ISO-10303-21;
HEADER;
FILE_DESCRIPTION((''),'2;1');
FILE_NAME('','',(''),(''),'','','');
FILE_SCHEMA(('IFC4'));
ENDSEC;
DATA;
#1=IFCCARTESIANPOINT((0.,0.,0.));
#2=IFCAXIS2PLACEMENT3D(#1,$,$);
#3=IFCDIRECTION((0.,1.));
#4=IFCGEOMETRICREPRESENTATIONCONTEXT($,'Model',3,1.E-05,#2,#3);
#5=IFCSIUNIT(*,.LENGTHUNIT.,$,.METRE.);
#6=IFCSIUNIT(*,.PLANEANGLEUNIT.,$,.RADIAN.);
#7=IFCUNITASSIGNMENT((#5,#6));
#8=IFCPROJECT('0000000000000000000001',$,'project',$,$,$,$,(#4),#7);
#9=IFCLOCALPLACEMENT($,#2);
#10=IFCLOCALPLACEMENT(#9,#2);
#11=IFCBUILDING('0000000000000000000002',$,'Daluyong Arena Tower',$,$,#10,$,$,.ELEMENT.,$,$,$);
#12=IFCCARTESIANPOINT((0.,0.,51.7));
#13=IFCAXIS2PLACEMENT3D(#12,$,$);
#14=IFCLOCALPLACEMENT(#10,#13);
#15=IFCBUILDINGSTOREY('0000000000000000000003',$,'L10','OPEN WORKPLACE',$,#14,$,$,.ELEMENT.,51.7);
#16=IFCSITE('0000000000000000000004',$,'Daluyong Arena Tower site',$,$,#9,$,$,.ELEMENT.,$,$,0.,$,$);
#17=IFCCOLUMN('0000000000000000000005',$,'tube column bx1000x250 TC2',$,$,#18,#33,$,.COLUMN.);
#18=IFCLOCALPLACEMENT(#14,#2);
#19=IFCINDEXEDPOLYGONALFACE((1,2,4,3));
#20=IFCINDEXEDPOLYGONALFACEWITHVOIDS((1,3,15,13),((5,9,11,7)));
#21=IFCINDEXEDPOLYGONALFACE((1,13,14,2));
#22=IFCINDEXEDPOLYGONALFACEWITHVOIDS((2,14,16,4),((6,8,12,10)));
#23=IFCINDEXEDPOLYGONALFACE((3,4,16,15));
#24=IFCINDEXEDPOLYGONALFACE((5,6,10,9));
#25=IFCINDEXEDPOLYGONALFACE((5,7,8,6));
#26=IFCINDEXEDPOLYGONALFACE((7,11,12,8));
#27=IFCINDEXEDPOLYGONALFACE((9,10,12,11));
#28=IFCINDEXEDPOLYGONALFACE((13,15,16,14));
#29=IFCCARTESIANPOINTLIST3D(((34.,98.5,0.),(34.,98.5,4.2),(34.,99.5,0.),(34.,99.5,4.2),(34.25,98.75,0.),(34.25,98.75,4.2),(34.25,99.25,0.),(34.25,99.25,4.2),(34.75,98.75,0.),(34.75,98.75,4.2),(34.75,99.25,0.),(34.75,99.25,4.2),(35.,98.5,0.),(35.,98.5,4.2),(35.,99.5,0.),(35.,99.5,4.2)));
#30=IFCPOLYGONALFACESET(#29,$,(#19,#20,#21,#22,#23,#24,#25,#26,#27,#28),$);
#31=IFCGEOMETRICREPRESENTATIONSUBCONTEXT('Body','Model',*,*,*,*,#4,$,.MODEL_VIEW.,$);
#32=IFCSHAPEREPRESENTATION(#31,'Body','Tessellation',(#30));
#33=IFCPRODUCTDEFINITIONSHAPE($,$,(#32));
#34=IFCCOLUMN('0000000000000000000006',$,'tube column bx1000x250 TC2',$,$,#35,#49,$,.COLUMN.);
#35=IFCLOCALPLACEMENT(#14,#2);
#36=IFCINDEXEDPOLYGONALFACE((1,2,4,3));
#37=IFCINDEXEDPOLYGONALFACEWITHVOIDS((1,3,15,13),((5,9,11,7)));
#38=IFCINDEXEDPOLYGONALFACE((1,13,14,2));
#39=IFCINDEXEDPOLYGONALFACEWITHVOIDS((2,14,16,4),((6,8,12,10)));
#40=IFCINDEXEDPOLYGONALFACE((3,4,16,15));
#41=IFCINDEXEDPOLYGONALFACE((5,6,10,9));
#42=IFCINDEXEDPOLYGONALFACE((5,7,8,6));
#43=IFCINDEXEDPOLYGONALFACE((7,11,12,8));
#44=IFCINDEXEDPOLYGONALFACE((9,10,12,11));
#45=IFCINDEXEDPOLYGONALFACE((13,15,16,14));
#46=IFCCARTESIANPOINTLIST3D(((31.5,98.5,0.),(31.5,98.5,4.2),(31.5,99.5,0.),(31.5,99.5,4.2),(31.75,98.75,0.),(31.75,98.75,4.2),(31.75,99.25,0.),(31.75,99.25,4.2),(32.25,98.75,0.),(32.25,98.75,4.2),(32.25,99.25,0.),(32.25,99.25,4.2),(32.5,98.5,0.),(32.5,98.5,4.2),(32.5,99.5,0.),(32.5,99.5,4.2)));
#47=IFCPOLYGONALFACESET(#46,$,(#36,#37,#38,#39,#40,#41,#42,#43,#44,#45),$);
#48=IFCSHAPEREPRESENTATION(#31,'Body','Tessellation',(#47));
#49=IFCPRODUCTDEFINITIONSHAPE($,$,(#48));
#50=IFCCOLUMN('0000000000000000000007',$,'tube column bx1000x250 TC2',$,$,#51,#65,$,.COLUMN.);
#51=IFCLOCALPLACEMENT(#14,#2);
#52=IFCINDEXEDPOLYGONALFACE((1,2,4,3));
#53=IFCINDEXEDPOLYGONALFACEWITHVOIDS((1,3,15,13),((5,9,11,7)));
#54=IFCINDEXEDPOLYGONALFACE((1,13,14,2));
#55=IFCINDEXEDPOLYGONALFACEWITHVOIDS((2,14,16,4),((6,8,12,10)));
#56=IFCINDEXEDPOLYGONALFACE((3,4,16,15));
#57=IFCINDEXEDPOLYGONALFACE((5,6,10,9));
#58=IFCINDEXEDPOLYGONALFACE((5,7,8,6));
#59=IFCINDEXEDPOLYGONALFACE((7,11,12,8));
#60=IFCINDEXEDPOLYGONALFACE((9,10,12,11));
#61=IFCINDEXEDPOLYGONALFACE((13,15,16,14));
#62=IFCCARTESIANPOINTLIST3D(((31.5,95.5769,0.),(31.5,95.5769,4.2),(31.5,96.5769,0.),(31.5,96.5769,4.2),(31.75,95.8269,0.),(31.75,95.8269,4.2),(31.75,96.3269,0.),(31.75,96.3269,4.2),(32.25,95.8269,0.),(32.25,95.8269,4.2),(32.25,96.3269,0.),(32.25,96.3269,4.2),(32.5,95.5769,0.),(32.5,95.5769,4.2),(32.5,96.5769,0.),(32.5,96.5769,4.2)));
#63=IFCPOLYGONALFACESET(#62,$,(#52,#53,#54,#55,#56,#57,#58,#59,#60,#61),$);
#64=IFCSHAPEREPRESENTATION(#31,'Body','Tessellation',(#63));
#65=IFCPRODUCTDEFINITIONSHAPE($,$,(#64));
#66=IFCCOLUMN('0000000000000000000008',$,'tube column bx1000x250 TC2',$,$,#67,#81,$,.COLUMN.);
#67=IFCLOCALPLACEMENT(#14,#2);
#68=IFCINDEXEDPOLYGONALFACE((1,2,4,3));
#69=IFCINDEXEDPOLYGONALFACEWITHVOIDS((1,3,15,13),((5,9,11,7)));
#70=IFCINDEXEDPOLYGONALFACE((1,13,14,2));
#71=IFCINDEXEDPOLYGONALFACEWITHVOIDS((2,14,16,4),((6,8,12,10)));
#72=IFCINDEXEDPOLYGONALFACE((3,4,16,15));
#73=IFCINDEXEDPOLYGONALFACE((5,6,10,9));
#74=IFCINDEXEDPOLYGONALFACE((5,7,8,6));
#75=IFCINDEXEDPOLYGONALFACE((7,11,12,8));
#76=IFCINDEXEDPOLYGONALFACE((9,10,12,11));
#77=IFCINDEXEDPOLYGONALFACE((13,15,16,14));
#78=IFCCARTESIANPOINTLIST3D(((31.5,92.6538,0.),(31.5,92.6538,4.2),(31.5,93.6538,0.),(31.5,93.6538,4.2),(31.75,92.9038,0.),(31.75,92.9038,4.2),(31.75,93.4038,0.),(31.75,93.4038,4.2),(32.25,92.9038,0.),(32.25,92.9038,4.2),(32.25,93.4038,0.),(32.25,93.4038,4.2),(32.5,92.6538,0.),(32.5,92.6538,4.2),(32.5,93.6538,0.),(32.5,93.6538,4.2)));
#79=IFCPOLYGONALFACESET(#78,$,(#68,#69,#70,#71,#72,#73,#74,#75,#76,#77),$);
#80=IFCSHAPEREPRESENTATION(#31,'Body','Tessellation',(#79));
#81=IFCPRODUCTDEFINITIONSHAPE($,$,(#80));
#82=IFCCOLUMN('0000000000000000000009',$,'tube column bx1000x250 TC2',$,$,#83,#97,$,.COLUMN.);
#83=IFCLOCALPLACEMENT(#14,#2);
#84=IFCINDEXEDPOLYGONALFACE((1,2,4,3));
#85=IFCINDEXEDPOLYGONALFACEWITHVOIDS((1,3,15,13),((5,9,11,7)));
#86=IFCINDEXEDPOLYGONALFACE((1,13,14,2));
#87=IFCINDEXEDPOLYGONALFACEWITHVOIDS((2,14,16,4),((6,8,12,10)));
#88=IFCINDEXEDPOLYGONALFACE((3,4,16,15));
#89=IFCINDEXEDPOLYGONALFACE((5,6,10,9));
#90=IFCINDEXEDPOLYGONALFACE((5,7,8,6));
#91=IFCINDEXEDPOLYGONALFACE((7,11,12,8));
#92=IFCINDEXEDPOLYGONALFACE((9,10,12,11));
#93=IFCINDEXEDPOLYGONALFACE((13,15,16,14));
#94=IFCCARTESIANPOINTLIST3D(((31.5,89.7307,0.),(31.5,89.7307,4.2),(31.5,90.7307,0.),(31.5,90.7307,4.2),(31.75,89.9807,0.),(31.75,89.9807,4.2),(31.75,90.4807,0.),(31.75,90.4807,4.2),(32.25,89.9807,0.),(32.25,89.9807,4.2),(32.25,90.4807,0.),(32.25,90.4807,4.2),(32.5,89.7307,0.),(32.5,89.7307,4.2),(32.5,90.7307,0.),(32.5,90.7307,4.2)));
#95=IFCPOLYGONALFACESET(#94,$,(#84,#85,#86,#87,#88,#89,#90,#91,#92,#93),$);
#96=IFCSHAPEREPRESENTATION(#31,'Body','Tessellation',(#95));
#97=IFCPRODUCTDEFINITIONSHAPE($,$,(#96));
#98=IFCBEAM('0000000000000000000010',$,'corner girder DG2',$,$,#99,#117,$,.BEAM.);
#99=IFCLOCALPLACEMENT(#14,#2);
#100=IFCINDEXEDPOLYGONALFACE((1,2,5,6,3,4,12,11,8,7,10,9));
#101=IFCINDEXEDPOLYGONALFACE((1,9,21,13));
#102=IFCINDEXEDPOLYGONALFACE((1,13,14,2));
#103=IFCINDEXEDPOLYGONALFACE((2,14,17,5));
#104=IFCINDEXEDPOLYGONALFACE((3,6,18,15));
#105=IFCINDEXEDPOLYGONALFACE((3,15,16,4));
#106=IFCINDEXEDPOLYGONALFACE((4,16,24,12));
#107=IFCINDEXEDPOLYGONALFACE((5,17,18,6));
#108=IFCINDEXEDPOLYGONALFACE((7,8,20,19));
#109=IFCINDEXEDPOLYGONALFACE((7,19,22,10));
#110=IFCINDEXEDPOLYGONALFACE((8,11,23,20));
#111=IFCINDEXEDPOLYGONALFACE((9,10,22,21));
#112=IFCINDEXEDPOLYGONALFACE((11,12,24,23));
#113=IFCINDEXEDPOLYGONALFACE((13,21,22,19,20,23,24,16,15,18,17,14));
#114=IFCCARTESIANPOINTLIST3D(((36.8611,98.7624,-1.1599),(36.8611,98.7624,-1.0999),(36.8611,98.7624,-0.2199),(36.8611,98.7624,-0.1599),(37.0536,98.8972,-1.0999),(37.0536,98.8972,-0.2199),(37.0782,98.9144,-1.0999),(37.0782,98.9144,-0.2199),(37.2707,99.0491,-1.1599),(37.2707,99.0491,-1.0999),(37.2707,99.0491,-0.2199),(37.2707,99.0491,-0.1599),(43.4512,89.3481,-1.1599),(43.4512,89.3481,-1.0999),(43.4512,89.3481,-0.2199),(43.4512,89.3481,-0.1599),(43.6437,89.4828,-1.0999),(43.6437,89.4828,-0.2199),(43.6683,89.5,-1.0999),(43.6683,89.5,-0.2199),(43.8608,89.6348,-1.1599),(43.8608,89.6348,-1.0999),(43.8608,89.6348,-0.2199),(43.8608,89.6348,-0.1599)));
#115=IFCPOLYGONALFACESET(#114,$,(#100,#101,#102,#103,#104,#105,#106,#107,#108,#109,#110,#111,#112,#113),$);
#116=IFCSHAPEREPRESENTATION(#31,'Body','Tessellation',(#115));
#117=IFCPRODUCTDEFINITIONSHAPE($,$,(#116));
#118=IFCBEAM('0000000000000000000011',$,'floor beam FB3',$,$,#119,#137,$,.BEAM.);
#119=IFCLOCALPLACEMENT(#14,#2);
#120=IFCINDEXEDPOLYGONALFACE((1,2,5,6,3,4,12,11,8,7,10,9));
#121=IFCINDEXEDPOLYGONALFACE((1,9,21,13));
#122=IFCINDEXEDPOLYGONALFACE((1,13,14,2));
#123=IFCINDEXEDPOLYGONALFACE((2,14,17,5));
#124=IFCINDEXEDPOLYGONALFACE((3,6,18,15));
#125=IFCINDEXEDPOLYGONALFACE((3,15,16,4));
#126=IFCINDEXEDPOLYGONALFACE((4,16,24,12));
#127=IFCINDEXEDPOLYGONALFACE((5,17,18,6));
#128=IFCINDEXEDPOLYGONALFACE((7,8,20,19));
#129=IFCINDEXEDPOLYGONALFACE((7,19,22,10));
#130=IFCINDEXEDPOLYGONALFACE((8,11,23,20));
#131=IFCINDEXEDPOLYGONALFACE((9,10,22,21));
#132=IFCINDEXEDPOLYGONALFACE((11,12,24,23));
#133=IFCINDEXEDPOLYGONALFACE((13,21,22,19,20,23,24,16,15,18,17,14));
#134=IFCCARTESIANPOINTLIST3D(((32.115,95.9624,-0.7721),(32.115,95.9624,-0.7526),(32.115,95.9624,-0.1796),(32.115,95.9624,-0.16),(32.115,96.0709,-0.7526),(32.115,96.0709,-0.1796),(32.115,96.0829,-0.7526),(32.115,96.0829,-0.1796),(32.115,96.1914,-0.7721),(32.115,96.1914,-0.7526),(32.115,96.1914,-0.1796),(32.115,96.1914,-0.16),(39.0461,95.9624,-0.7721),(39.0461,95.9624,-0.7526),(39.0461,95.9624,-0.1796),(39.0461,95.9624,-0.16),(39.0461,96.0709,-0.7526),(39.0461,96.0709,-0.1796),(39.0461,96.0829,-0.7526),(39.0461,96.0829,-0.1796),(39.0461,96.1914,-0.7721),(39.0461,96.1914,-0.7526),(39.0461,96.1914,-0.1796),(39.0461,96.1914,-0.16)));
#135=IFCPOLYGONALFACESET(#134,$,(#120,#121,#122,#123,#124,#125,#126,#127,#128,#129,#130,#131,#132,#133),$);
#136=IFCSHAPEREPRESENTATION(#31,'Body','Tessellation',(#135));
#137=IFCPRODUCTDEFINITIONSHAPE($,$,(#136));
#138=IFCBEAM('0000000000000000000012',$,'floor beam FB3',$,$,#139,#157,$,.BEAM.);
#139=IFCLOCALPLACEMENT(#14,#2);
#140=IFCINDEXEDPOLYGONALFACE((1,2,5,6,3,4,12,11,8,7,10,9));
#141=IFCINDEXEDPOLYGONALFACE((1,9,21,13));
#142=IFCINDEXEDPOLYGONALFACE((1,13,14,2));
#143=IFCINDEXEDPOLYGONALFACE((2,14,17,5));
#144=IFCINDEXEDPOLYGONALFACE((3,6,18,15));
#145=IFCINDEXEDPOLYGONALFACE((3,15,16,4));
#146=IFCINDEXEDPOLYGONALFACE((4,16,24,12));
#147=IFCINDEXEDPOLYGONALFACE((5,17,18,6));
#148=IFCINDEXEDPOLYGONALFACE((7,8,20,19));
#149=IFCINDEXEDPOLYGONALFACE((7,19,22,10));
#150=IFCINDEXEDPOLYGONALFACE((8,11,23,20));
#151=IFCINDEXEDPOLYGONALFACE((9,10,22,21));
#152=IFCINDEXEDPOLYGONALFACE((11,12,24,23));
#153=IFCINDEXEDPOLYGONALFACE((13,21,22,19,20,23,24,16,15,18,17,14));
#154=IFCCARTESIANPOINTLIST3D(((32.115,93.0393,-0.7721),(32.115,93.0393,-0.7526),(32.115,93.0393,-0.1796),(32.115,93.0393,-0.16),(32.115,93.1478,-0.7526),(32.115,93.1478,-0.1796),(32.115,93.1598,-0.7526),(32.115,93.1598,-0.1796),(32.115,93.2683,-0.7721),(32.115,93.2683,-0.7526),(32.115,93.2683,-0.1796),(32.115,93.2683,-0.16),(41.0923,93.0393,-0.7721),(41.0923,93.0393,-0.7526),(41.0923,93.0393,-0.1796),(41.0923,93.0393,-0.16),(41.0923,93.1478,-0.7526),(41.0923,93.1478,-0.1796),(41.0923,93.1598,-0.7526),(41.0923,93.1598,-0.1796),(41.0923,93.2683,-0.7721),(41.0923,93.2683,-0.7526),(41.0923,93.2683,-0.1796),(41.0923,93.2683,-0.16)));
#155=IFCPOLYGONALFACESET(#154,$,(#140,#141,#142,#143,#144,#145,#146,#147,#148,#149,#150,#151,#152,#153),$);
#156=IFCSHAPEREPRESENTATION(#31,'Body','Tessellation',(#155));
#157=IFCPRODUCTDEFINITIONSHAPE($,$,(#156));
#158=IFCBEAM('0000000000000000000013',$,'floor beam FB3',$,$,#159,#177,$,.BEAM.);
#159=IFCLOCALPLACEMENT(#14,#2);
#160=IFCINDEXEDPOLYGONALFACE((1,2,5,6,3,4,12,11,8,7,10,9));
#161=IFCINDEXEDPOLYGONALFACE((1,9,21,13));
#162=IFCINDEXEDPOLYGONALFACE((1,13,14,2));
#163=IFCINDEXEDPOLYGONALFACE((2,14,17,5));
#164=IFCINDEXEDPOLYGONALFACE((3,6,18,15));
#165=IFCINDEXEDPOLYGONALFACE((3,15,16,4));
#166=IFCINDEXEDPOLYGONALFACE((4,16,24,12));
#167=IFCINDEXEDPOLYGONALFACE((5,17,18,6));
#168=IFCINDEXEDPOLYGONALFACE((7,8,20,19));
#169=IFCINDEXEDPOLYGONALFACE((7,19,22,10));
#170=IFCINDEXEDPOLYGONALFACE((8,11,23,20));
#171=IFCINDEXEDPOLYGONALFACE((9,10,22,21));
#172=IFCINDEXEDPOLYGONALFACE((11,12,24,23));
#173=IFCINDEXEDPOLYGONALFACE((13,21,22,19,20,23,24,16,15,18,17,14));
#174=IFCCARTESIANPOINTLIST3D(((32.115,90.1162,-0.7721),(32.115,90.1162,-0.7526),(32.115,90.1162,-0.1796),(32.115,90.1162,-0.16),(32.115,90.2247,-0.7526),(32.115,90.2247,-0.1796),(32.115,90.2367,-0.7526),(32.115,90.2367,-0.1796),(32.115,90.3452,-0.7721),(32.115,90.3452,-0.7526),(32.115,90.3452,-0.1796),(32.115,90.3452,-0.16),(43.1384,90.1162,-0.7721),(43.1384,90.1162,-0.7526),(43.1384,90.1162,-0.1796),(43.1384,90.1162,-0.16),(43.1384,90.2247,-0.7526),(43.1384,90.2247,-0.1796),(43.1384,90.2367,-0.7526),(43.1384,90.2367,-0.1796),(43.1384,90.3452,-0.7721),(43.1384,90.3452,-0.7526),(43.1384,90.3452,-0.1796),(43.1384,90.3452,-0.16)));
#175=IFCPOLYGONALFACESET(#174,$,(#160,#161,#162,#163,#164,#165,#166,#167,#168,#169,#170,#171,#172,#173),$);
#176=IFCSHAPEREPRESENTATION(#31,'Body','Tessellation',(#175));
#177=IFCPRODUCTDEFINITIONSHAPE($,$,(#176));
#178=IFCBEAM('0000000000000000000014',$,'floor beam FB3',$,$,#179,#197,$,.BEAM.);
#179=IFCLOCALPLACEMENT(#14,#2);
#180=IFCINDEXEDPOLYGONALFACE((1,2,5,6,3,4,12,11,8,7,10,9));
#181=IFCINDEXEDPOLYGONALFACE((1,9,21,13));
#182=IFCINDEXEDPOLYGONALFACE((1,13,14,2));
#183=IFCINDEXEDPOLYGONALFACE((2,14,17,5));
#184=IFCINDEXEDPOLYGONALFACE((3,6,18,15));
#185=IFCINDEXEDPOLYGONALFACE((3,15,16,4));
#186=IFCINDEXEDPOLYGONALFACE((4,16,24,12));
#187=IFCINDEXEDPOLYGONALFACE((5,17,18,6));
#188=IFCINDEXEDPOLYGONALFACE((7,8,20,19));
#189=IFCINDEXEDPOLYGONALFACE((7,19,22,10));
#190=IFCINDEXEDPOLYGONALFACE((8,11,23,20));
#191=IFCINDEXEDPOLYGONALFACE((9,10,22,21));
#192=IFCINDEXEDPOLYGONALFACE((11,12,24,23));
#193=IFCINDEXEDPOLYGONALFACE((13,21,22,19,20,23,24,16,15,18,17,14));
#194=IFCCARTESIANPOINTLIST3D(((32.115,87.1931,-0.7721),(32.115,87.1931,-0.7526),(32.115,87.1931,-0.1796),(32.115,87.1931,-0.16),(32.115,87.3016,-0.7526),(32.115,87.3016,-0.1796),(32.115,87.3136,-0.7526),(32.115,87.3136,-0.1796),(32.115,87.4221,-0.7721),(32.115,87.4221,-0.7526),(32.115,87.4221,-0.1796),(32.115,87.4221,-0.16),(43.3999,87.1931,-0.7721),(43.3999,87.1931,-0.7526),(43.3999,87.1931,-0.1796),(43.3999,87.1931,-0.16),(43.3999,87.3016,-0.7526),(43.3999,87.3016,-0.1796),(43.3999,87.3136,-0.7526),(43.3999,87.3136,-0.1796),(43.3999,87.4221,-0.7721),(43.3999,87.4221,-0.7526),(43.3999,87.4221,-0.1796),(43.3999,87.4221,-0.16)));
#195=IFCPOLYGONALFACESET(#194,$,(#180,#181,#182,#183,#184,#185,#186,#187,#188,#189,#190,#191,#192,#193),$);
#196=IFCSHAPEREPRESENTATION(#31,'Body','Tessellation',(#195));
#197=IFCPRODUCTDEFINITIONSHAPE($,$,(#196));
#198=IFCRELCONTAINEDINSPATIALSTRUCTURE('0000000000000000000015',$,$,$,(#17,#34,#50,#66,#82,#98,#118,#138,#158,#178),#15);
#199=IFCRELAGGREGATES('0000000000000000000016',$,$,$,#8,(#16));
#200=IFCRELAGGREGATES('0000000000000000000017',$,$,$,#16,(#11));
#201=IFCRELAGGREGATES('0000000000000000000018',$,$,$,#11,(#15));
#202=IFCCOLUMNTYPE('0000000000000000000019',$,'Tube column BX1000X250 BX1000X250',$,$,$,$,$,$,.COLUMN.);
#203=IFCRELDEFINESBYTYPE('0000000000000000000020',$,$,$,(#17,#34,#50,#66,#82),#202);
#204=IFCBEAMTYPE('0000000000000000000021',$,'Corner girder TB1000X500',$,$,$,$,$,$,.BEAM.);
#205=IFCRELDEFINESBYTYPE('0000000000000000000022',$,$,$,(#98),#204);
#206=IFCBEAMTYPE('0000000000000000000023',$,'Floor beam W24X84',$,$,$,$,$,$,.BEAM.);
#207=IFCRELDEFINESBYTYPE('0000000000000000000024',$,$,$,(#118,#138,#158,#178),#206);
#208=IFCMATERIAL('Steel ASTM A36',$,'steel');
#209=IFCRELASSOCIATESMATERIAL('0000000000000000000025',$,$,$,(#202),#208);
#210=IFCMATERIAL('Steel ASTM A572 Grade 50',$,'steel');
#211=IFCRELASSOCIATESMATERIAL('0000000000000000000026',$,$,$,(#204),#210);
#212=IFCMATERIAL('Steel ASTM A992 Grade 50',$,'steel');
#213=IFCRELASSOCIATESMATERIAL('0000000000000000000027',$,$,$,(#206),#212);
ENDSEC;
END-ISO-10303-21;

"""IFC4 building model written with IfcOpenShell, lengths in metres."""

from ifc_helpers import new_model, si_unit, direction, frame, origin, origin_2d, place, context, subcontext, project, spatial, hollow_rectangle, i_section, extrude, material, material_profile, profile_set, type_object, element, save


model = new_model("IFC4")

# Units and contexts
model_context = context("Model", 3, precision=1e-05, world=origin(), true_north=direction((0.0, 1.0)))
body_context = subcontext(model_context, "Body", "Model", "MODEL_VIEW")
ifc_project = project(units=[si_unit("LENGTHUNIT", "METRE"), si_unit("PLANEANGLEUNIT", "RADIAN")], contexts=[model_context])

# Site, building, storey
site_placement = place(None, origin())
site = spatial("IfcSite", under=ifc_project, at=site_placement, Name="Daluyong Arena Tower site", CompositionType="ELEMENT", RefElevation=0.0)
building_placement = place(site_placement, origin())
building = spatial("IfcBuilding", under=site, at=building_placement, Name="Daluyong Arena Tower", CompositionType="ELEMENT")
storey_placement = place(building_placement, frame((0.0, 0.0, 51.7)))
storey = spatial("IfcBuildingStorey", under=building, at=storey_placement, Name="L10", Description="OPEN WORKPLACE", CompositionType="ELEMENT", Elevation=51.7)

# Columns
ifc_material_1 = material(Name="Steel ASTM A36", Category="steel")
ifc_material_profile_1 = material_profile(ifc_material_1, hollow_rectangle(XDim=1.0, YDim=1.0, WallThickness=0.25, at=origin_2d()))
ifc_profile_set_1 = profile_set([ifc_material_profile_1], Name="Steel ASTM A36")
column_type = type_object("IfcColumnType", Name="Tube column BX1000X250 BX1000X250", PredefinedType="COLUMN", material=ifc_profile_set_1)
for number, where, z_axis, x_axis, name in (
    (1, (34.5, 99.0, 0.0), (0.0, 0.0, 1.0), (1.0, 0.0, 0.0), "tube column bx1000x250 TC2"),
    (2, (32.0, 99.0, 0.0), (0.0, 0.0, 1.0), (0.0, 1.0, 0.0), "tube column bx1000x250 TC2"),
    (3, (32.0, 96.0769, 0.0), (0.0, 0.0, 1.0), (0.0, 1.0, 0.0), "tube column bx1000x250 TC2"),
    (4, (32.0, 93.1538, 0.0), (0.0, 0.0, 1.0), (0.0, 1.0, 0.0), "tube column bx1000x250 TC2"),
    (5, (32.0, 90.2307, 0.0), (0.0, 0.0, 1.0), (0.0, 1.0, 0.0), "tube column bx1000x250 TC2"),
):
    element("IfcColumn", number, at=place(storey_placement, frame(where, z_axis=z_axis, x_axis=x_axis)), inside=storey, type_object=column_type, Name=name, PredefinedType="COLUMN", context=body_context, shape_type="SweptSolid", body=[
        extrude(hollow_rectangle(XDim=1.0, YDim=1.0, WallThickness=0.25, at=origin_2d()), origin(), (0.0, 0.0, 1.0), 4.2),
    ])

# Beams
ifc_material_2 = material(Name="Steel ASTM A572 Grade 50", Category="steel")
ifc_material_profile_2 = material_profile(ifc_material_2, i_section(OverallWidth=0.5, OverallDepth=1.0, WebThickness=0.03, FlangeThickness=0.06, at=origin_2d()))
ifc_profile_set_2 = profile_set([ifc_material_profile_2], Name="Steel ASTM A572 Grade 50")
beam_type_1 = type_object("IfcBeamType", Name="Corner girder TB1000X500", PredefinedType="BEAM", material=ifc_profile_set_2)
beam_1_placement = place(storey_placement, frame((37.0659, 98.9058, -0.6599), z_axis=(0.573467, -0.819229, 0.0), x_axis=(0.819229, 0.573467, 0.0)))
element("IfcBeam", 6, at=beam_1_placement, inside=storey, type_object=beam_type_1, Name="corner girder DG2", PredefinedType="BEAM", context=body_context, shape_type="SweptSolid", body=[
    extrude(i_section(OverallWidth=0.5, OverallDepth=1.0, WebThickness=0.03, FlangeThickness=0.06, at=origin_2d()), origin(), (0.0, 0.0, 1.0), 11.4917),
])
ifc_material_3 = material(Name="Steel ASTM A992 Grade 50", Category="steel")
ifc_material_profile_3 = material_profile(ifc_material_3, i_section(OverallWidth=0.229, OverallDepth=0.6121, WebThickness=0.012, FlangeThickness=0.0195, at=origin_2d()))
ifc_profile_set_3 = profile_set([ifc_material_profile_3], Name="Steel ASTM A992 Grade 50")
beam_type_2 = type_object("IfcBeamType", Name="Floor beam W24X84", PredefinedType="BEAM", material=ifc_profile_set_3)
beam_2_placement = place(storey_placement, frame((32.115, 96.0769, -0.4661), z_axis=(1.0, 0.0, 0.0), x_axis=(0.0, 1.0, 0.0)))
element("IfcBeam", 7, at=beam_2_placement, inside=storey, type_object=beam_type_2, Name="floor beam FB3", PredefinedType="BEAM", context=body_context, shape_type="SweptSolid", body=[
    extrude(i_section(OverallWidth=0.229, OverallDepth=0.6121, WebThickness=0.012, FlangeThickness=0.0195, at=origin_2d()), origin(), (0.0, 0.0, 1.0), 6.9312),
])
beam_3_placement = place(storey_placement, frame((32.115, 93.1538, -0.4661), z_axis=(1.0, 0.0, 0.0), x_axis=(0.0, 1.0, 0.0)))
element("IfcBeam", 8, at=beam_3_placement, inside=storey, type_object=beam_type_2, Name="floor beam FB3", PredefinedType="BEAM", context=body_context, shape_type="SweptSolid", body=[
    extrude(i_section(OverallWidth=0.229, OverallDepth=0.6121, WebThickness=0.012, FlangeThickness=0.0195, at=origin_2d()), origin(), (0.0, 0.0, 1.0), 8.9773),
])
beam_4_placement = place(storey_placement, frame((32.115, 90.2307, -0.4661), z_axis=(1.0, 0.0, 0.0), x_axis=(0.0, 1.0, 0.0)))
element("IfcBeam", 9, at=beam_4_placement, inside=storey, type_object=beam_type_2, Name="floor beam FB3", PredefinedType="BEAM", context=body_context, shape_type="SweptSolid", body=[
    extrude(i_section(OverallWidth=0.229, OverallDepth=0.6121, WebThickness=0.012, FlangeThickness=0.0195, at=origin_2d()), origin(), (0.0, 0.0, 1.0), 11.0234),
])
for number, where, z_axis, x_axis, name in (
    (10, (32.115, 87.3076, -0.4661), (1.0, 0.0, 0.0), (0.0, 1.0, 0.0), "floor beam FB3"),
):
    element("IfcBeam", number, at=place(storey_placement, frame(where, z_axis=z_axis, x_axis=x_axis)), inside=storey, type_object=beam_type_2, Name=name, PredefinedType="BEAM", context=body_context, shape_type="SweptSolid", body=[
        extrude(i_section(OverallWidth=0.229, OverallDepth=0.6121, WebThickness=0.012, FlangeThickness=0.0195, at=origin_2d()), origin(), (0.0, 0.0, 1.0), 11.2849),
    ])

save(model, "model.ifc")
